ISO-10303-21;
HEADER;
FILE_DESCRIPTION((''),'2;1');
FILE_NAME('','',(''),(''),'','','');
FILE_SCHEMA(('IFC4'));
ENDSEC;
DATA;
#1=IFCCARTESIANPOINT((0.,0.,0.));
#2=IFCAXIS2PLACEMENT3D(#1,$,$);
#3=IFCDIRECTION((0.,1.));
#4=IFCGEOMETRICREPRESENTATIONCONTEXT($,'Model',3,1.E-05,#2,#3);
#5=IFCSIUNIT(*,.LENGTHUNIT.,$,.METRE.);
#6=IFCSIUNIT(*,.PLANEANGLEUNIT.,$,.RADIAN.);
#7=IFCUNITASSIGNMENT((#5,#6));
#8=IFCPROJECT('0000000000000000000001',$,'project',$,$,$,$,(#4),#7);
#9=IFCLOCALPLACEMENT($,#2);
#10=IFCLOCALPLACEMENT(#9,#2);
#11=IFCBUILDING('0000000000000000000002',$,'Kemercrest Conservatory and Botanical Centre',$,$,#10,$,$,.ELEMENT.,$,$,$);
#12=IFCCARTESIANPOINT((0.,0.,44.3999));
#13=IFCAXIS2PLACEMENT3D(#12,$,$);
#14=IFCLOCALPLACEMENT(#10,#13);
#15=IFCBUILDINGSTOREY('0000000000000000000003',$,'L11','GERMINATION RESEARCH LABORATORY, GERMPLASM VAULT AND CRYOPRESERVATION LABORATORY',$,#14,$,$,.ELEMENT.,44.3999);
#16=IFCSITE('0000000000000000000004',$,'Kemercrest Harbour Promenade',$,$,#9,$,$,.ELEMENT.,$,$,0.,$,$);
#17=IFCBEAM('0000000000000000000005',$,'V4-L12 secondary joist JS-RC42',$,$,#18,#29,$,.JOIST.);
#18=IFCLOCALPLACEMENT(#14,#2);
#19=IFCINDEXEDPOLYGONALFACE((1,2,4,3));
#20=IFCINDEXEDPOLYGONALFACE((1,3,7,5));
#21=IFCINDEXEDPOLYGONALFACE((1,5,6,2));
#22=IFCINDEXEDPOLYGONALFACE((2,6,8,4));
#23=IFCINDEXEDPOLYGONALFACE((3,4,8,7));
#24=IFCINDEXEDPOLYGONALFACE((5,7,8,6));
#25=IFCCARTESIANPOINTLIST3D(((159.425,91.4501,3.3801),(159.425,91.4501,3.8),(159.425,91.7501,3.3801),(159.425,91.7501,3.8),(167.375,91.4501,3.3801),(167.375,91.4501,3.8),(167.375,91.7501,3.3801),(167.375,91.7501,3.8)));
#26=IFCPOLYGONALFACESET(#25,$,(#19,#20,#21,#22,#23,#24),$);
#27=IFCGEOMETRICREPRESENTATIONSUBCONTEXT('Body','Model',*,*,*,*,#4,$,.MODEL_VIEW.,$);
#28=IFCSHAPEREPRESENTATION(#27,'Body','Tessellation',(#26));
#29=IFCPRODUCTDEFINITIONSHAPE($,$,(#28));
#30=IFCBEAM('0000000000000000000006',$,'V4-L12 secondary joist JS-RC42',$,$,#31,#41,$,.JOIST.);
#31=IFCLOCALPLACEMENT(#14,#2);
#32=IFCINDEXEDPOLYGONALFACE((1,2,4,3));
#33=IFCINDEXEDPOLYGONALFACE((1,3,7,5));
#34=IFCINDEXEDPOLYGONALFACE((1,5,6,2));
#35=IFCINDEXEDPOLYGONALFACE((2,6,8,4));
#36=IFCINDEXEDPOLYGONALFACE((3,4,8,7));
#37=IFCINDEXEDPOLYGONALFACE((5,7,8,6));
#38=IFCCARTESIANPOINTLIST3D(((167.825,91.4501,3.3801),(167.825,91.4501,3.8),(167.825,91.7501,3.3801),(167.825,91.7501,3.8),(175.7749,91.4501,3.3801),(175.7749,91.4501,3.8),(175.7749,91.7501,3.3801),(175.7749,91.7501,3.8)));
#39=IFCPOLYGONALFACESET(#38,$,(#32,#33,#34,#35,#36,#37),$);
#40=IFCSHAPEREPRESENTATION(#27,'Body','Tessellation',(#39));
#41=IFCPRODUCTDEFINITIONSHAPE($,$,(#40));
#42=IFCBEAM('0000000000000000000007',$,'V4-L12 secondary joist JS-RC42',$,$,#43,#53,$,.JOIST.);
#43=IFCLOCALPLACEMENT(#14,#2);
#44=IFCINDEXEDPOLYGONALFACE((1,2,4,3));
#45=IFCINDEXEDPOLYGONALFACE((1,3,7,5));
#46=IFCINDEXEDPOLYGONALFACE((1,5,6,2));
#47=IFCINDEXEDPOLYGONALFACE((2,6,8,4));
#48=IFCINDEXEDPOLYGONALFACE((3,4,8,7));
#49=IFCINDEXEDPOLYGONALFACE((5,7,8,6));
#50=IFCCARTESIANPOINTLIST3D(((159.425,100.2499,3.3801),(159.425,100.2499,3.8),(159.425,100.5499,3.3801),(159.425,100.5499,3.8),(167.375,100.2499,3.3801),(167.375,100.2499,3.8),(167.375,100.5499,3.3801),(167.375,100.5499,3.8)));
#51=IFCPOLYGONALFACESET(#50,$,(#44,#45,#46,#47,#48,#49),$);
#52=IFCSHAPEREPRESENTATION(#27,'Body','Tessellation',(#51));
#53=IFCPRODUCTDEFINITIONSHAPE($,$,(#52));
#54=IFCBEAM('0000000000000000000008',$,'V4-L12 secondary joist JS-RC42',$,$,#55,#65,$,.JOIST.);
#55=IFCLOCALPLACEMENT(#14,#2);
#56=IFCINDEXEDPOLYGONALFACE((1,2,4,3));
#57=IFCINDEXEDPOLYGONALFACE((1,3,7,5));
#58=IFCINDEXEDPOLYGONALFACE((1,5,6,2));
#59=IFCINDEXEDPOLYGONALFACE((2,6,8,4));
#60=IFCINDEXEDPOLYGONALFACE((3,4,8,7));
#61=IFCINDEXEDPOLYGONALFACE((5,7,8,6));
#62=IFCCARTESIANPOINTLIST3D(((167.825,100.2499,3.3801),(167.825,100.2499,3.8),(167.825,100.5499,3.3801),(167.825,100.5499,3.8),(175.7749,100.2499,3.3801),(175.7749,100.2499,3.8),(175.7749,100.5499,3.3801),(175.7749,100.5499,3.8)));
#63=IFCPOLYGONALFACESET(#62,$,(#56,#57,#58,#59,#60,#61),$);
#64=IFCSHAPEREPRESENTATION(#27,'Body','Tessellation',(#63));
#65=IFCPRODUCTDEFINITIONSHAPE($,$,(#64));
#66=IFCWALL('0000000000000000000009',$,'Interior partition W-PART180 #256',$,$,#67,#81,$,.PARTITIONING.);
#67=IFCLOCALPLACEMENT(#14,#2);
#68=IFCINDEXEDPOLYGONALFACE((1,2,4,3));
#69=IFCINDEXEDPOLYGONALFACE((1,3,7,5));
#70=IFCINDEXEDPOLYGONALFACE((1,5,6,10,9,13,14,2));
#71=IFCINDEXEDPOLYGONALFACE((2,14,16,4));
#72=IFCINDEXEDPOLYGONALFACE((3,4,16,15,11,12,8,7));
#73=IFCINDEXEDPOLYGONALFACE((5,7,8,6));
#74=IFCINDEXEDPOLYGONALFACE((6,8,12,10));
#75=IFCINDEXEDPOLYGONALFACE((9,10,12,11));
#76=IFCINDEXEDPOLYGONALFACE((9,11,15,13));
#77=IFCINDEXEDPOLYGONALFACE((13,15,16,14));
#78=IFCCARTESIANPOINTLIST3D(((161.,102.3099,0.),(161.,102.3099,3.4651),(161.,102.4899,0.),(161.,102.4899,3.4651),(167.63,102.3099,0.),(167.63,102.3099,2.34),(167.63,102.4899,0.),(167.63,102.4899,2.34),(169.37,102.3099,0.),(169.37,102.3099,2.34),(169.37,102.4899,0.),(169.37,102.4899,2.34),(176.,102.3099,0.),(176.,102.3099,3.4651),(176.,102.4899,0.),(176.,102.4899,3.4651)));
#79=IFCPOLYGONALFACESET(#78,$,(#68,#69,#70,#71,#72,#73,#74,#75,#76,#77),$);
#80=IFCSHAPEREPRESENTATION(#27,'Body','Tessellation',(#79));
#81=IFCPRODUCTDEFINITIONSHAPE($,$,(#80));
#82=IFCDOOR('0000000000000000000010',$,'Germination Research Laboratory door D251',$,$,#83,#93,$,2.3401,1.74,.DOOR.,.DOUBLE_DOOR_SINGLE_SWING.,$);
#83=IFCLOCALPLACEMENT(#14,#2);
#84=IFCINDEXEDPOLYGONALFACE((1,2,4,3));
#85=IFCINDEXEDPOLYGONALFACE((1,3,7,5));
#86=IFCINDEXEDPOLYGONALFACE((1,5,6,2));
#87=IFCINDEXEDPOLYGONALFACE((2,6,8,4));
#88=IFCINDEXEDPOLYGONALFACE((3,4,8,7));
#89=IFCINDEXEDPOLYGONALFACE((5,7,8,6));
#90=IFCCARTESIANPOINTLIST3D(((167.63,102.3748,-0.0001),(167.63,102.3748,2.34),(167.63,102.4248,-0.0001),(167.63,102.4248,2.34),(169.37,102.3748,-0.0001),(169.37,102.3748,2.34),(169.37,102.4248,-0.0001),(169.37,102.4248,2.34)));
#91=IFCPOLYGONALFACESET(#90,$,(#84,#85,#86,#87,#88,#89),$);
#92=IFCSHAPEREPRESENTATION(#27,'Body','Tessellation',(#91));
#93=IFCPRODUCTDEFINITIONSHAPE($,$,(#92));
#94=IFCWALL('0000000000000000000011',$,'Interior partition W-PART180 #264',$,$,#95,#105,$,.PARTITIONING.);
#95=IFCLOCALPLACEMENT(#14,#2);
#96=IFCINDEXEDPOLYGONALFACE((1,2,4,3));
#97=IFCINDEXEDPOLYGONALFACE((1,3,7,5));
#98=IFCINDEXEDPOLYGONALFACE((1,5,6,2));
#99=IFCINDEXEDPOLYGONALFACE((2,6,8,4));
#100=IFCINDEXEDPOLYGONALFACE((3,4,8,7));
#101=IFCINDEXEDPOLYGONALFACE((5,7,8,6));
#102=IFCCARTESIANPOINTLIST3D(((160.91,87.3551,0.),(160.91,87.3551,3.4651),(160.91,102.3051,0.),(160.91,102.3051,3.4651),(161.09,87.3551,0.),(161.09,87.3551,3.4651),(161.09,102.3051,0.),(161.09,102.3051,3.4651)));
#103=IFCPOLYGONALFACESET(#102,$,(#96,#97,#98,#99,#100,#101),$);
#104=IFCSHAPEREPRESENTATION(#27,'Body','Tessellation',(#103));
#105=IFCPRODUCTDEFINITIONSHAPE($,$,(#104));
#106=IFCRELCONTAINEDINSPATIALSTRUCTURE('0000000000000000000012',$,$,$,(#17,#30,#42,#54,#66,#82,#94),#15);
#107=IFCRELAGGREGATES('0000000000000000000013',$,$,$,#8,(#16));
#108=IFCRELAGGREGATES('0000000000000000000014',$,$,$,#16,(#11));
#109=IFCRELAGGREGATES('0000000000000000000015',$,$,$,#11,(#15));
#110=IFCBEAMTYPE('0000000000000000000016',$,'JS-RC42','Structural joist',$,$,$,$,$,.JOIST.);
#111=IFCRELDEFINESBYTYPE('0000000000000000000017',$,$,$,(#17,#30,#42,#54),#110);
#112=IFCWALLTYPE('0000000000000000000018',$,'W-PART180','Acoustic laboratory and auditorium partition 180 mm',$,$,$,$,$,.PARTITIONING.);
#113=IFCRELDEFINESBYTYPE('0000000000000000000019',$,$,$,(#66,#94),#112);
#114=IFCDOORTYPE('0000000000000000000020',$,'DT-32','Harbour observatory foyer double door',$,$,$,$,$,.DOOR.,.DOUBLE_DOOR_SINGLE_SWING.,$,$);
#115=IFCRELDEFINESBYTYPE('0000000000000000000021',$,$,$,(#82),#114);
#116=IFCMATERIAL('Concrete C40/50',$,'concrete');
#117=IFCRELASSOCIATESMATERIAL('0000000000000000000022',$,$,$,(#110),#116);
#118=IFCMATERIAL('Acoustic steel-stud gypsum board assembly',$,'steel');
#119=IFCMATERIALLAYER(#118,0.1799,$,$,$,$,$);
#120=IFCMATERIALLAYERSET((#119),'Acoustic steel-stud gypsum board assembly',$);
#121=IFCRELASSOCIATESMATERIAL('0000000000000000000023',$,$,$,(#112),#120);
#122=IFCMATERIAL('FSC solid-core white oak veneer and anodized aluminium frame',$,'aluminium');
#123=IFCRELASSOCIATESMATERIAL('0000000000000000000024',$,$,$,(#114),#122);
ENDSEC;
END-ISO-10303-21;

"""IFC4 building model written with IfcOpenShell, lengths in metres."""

from ifc_helpers import new_model, si_unit, direction, frame, frame_2d, origin, origin_2d, place, context, subcontext, project, spatial, rectangle, extrude, material, layer, layer_set, material_profile, profile_set, type_object, element, fill, save


model = new_model("IFC4")

# Units and contexts
model_context = context("Model", 3, precision=1e-05, world=origin(), true_north=direction((0.0, 1.0)))
body_context = subcontext(model_context, "Body", "Model", "MODEL_VIEW")
ifc_project = project(units=[si_unit("LENGTHUNIT", "METRE"), si_unit("PLANEANGLEUNIT", "RADIAN")], contexts=[model_context])

# Site, building, storey
site_placement = place(None, origin())
site = spatial("IfcSite", under=ifc_project, at=site_placement, Name="Kemercrest Harbour Promenade", CompositionType="ELEMENT", RefElevation=0.0)
building_placement = place(site_placement, origin())
building = spatial("IfcBuilding", under=site, at=building_placement, Name="Kemercrest Conservatory and Botanical Centre", CompositionType="ELEMENT")
storey_placement = place(building_placement, frame((0.0, 0.0, 44.3999)))
storey = spatial("IfcBuildingStorey", under=building, at=storey_placement, Name="L11", Description="GERMINATION RESEARCH LABORATORY, GERMPLASM VAULT AND CRYOPRESERVATION LABORATORY", CompositionType="ELEMENT", Elevation=44.3999)

# Shared definitions
ifc_material_1 = material(Name="Concrete C40/50", Category="concrete")

# Beams
ifc_material_profile_1 = material_profile(ifc_material_1, rectangle(XDim=0.3, YDim=0.4199, at=origin_2d()), Name="RC 300x420")
ifc_profile_set_1 = profile_set([ifc_material_profile_1], Name="Concrete C40/50")
beam_type_1 = type_object("IfcBeamType", Name="JS-RC42", Description="Structural joist", PredefinedType="JOIST", material=ifc_profile_set_1)
for number, where, z_axis, x_axis, name in (
    (1, (159.425, 91.6001, 3.5901), (1.0, 0.0, 0.0), (0.0, 1.0, 0.0), "V4-L12 secondary joist JS-RC42"),
    (2, (167.825, 91.6001, 3.5901), (1.0, 0.0, 0.0), (0.0, 1.0, 0.0), "V4-L12 secondary joist JS-RC42"),
    (3, (159.425, 100.3999, 3.5901), (1.0, 0.0, 0.0), (0.0, 1.0, 0.0), "V4-L12 secondary joist JS-RC42"),
    (4, (167.825, 100.3999, 3.5901), (1.0, 0.0, 0.0), (0.0, 1.0, 0.0), "V4-L12 secondary joist JS-RC42"),
):
    element("IfcBeam", number, at=place(storey_placement, frame(where, z_axis=z_axis, x_axis=x_axis)), inside=storey, type_object=beam_type_1, Name=name, PredefinedType="JOIST", context=body_context, shape_type="SweptSolid", body=[
        extrude(rectangle(XDim=0.3, YDim=0.4199, at=origin_2d()), origin(), (0.0, 0.0, 1.0), 7.95),
    ])

# Wall, opening, door
ifc_material_2 = material(Name="Acoustic steel-stud gypsum board assembly", Category="steel")
ifc_layer = layer(ifc_material_2, 0.1799)
ifc_layer_set = layer_set([ifc_layer], Name="Acoustic steel-stud gypsum board assembly")
wall_type = type_object("IfcWallType", Name="W-PART180", Description="Acoustic laboratory and auditorium partition 180 mm", PredefinedType="PARTITIONING", material=ifc_layer_set)
wall_1_placement = place(storey_placement, frame((161.0, 102.3999, 0.0), z_axis=(0.0, 0.0, 1.0), x_axis=(1.0, 0.0, 0.0)))
wall_1 = element("IfcWall", 5, at=wall_1_placement, inside=storey, type_object=wall_type, Name="Interior partition W-PART180 #256", PredefinedType="PARTITIONING", context=body_context, shape_type="SweptSolid", body=[
    extrude(rectangle(XDim=15.0, YDim=0.1799, at=frame_2d((7.5, 0.0))), origin(), (0.0, 0.0, 1.0), 3.4651),
])
opening_placement = place(wall_1_placement, frame((6.6299, 0.0, 0.0)))
opening = element("IfcOpeningElement", 6, at=opening_placement, cuts=wall_1, PredefinedType="OPENING", context=body_context, shape_type="SweptSolid", body=[
    extrude(rectangle(XDim=1.74, YDim=2.3401, at=frame_2d((0.8701, 1.1699))), frame((0.0, 0.1001, 0.0), z_axis=(0.0, -1.0, 0.0), x_axis=(1.0, 0.0, 0.0)), (0.0, 0.0, 1.0), 0.2),
])
ifc_material_3 = material(Name="FSC solid-core white oak veneer and anodized aluminium frame", Category="aluminium")
door_type = type_object("IfcDoorType", Name="DT-32", Description="Harbour observatory foyer double door", OperationType="DOUBLE_DOOR_SINGLE_SWING", PredefinedType="DOOR", material=ifc_material_3)
door_placement = place(opening_placement, origin())
door = element("IfcDoor", 7, at=door_placement, inside=storey, type_object=door_type, Name="Germination Research Laboratory door D251", OperationType="DOUBLE_DOOR_SINGLE_SWING", OverallHeight=2.3401, OverallWidth=1.74, PredefinedType="DOOR", context=body_context, shape_type="SweptSolid", body=[
    extrude(rectangle(XDim=1.74, YDim=2.3401, at=frame_2d((0.8701, 1.1699))), frame((0.0, 0.0249, 0.0), z_axis=(0.0, -1.0, 0.0), x_axis=(1.0, 0.0, 0.0)), (0.0, 0.0, 1.0), 0.05),
])
fill(opening, door)

# Wall
wall_2_placement = place(storey_placement, frame((161.0, 87.355, 0.0), z_axis=(0.0, 0.0, 1.0), x_axis=(0.0, 1.0, 0.0)))
element("IfcWall", 8, at=wall_2_placement, inside=storey, type_object=wall_type, Name="Interior partition W-PART180 #264", PredefinedType="PARTITIONING", context=body_context, shape_type="SweptSolid", body=[
    extrude(rectangle(XDim=14.95, YDim=0.1799, at=frame_2d((7.4751, 0.0))), origin(), (0.0, 0.0, 1.0), 3.4651),
])

save(model, "model.ifc")
